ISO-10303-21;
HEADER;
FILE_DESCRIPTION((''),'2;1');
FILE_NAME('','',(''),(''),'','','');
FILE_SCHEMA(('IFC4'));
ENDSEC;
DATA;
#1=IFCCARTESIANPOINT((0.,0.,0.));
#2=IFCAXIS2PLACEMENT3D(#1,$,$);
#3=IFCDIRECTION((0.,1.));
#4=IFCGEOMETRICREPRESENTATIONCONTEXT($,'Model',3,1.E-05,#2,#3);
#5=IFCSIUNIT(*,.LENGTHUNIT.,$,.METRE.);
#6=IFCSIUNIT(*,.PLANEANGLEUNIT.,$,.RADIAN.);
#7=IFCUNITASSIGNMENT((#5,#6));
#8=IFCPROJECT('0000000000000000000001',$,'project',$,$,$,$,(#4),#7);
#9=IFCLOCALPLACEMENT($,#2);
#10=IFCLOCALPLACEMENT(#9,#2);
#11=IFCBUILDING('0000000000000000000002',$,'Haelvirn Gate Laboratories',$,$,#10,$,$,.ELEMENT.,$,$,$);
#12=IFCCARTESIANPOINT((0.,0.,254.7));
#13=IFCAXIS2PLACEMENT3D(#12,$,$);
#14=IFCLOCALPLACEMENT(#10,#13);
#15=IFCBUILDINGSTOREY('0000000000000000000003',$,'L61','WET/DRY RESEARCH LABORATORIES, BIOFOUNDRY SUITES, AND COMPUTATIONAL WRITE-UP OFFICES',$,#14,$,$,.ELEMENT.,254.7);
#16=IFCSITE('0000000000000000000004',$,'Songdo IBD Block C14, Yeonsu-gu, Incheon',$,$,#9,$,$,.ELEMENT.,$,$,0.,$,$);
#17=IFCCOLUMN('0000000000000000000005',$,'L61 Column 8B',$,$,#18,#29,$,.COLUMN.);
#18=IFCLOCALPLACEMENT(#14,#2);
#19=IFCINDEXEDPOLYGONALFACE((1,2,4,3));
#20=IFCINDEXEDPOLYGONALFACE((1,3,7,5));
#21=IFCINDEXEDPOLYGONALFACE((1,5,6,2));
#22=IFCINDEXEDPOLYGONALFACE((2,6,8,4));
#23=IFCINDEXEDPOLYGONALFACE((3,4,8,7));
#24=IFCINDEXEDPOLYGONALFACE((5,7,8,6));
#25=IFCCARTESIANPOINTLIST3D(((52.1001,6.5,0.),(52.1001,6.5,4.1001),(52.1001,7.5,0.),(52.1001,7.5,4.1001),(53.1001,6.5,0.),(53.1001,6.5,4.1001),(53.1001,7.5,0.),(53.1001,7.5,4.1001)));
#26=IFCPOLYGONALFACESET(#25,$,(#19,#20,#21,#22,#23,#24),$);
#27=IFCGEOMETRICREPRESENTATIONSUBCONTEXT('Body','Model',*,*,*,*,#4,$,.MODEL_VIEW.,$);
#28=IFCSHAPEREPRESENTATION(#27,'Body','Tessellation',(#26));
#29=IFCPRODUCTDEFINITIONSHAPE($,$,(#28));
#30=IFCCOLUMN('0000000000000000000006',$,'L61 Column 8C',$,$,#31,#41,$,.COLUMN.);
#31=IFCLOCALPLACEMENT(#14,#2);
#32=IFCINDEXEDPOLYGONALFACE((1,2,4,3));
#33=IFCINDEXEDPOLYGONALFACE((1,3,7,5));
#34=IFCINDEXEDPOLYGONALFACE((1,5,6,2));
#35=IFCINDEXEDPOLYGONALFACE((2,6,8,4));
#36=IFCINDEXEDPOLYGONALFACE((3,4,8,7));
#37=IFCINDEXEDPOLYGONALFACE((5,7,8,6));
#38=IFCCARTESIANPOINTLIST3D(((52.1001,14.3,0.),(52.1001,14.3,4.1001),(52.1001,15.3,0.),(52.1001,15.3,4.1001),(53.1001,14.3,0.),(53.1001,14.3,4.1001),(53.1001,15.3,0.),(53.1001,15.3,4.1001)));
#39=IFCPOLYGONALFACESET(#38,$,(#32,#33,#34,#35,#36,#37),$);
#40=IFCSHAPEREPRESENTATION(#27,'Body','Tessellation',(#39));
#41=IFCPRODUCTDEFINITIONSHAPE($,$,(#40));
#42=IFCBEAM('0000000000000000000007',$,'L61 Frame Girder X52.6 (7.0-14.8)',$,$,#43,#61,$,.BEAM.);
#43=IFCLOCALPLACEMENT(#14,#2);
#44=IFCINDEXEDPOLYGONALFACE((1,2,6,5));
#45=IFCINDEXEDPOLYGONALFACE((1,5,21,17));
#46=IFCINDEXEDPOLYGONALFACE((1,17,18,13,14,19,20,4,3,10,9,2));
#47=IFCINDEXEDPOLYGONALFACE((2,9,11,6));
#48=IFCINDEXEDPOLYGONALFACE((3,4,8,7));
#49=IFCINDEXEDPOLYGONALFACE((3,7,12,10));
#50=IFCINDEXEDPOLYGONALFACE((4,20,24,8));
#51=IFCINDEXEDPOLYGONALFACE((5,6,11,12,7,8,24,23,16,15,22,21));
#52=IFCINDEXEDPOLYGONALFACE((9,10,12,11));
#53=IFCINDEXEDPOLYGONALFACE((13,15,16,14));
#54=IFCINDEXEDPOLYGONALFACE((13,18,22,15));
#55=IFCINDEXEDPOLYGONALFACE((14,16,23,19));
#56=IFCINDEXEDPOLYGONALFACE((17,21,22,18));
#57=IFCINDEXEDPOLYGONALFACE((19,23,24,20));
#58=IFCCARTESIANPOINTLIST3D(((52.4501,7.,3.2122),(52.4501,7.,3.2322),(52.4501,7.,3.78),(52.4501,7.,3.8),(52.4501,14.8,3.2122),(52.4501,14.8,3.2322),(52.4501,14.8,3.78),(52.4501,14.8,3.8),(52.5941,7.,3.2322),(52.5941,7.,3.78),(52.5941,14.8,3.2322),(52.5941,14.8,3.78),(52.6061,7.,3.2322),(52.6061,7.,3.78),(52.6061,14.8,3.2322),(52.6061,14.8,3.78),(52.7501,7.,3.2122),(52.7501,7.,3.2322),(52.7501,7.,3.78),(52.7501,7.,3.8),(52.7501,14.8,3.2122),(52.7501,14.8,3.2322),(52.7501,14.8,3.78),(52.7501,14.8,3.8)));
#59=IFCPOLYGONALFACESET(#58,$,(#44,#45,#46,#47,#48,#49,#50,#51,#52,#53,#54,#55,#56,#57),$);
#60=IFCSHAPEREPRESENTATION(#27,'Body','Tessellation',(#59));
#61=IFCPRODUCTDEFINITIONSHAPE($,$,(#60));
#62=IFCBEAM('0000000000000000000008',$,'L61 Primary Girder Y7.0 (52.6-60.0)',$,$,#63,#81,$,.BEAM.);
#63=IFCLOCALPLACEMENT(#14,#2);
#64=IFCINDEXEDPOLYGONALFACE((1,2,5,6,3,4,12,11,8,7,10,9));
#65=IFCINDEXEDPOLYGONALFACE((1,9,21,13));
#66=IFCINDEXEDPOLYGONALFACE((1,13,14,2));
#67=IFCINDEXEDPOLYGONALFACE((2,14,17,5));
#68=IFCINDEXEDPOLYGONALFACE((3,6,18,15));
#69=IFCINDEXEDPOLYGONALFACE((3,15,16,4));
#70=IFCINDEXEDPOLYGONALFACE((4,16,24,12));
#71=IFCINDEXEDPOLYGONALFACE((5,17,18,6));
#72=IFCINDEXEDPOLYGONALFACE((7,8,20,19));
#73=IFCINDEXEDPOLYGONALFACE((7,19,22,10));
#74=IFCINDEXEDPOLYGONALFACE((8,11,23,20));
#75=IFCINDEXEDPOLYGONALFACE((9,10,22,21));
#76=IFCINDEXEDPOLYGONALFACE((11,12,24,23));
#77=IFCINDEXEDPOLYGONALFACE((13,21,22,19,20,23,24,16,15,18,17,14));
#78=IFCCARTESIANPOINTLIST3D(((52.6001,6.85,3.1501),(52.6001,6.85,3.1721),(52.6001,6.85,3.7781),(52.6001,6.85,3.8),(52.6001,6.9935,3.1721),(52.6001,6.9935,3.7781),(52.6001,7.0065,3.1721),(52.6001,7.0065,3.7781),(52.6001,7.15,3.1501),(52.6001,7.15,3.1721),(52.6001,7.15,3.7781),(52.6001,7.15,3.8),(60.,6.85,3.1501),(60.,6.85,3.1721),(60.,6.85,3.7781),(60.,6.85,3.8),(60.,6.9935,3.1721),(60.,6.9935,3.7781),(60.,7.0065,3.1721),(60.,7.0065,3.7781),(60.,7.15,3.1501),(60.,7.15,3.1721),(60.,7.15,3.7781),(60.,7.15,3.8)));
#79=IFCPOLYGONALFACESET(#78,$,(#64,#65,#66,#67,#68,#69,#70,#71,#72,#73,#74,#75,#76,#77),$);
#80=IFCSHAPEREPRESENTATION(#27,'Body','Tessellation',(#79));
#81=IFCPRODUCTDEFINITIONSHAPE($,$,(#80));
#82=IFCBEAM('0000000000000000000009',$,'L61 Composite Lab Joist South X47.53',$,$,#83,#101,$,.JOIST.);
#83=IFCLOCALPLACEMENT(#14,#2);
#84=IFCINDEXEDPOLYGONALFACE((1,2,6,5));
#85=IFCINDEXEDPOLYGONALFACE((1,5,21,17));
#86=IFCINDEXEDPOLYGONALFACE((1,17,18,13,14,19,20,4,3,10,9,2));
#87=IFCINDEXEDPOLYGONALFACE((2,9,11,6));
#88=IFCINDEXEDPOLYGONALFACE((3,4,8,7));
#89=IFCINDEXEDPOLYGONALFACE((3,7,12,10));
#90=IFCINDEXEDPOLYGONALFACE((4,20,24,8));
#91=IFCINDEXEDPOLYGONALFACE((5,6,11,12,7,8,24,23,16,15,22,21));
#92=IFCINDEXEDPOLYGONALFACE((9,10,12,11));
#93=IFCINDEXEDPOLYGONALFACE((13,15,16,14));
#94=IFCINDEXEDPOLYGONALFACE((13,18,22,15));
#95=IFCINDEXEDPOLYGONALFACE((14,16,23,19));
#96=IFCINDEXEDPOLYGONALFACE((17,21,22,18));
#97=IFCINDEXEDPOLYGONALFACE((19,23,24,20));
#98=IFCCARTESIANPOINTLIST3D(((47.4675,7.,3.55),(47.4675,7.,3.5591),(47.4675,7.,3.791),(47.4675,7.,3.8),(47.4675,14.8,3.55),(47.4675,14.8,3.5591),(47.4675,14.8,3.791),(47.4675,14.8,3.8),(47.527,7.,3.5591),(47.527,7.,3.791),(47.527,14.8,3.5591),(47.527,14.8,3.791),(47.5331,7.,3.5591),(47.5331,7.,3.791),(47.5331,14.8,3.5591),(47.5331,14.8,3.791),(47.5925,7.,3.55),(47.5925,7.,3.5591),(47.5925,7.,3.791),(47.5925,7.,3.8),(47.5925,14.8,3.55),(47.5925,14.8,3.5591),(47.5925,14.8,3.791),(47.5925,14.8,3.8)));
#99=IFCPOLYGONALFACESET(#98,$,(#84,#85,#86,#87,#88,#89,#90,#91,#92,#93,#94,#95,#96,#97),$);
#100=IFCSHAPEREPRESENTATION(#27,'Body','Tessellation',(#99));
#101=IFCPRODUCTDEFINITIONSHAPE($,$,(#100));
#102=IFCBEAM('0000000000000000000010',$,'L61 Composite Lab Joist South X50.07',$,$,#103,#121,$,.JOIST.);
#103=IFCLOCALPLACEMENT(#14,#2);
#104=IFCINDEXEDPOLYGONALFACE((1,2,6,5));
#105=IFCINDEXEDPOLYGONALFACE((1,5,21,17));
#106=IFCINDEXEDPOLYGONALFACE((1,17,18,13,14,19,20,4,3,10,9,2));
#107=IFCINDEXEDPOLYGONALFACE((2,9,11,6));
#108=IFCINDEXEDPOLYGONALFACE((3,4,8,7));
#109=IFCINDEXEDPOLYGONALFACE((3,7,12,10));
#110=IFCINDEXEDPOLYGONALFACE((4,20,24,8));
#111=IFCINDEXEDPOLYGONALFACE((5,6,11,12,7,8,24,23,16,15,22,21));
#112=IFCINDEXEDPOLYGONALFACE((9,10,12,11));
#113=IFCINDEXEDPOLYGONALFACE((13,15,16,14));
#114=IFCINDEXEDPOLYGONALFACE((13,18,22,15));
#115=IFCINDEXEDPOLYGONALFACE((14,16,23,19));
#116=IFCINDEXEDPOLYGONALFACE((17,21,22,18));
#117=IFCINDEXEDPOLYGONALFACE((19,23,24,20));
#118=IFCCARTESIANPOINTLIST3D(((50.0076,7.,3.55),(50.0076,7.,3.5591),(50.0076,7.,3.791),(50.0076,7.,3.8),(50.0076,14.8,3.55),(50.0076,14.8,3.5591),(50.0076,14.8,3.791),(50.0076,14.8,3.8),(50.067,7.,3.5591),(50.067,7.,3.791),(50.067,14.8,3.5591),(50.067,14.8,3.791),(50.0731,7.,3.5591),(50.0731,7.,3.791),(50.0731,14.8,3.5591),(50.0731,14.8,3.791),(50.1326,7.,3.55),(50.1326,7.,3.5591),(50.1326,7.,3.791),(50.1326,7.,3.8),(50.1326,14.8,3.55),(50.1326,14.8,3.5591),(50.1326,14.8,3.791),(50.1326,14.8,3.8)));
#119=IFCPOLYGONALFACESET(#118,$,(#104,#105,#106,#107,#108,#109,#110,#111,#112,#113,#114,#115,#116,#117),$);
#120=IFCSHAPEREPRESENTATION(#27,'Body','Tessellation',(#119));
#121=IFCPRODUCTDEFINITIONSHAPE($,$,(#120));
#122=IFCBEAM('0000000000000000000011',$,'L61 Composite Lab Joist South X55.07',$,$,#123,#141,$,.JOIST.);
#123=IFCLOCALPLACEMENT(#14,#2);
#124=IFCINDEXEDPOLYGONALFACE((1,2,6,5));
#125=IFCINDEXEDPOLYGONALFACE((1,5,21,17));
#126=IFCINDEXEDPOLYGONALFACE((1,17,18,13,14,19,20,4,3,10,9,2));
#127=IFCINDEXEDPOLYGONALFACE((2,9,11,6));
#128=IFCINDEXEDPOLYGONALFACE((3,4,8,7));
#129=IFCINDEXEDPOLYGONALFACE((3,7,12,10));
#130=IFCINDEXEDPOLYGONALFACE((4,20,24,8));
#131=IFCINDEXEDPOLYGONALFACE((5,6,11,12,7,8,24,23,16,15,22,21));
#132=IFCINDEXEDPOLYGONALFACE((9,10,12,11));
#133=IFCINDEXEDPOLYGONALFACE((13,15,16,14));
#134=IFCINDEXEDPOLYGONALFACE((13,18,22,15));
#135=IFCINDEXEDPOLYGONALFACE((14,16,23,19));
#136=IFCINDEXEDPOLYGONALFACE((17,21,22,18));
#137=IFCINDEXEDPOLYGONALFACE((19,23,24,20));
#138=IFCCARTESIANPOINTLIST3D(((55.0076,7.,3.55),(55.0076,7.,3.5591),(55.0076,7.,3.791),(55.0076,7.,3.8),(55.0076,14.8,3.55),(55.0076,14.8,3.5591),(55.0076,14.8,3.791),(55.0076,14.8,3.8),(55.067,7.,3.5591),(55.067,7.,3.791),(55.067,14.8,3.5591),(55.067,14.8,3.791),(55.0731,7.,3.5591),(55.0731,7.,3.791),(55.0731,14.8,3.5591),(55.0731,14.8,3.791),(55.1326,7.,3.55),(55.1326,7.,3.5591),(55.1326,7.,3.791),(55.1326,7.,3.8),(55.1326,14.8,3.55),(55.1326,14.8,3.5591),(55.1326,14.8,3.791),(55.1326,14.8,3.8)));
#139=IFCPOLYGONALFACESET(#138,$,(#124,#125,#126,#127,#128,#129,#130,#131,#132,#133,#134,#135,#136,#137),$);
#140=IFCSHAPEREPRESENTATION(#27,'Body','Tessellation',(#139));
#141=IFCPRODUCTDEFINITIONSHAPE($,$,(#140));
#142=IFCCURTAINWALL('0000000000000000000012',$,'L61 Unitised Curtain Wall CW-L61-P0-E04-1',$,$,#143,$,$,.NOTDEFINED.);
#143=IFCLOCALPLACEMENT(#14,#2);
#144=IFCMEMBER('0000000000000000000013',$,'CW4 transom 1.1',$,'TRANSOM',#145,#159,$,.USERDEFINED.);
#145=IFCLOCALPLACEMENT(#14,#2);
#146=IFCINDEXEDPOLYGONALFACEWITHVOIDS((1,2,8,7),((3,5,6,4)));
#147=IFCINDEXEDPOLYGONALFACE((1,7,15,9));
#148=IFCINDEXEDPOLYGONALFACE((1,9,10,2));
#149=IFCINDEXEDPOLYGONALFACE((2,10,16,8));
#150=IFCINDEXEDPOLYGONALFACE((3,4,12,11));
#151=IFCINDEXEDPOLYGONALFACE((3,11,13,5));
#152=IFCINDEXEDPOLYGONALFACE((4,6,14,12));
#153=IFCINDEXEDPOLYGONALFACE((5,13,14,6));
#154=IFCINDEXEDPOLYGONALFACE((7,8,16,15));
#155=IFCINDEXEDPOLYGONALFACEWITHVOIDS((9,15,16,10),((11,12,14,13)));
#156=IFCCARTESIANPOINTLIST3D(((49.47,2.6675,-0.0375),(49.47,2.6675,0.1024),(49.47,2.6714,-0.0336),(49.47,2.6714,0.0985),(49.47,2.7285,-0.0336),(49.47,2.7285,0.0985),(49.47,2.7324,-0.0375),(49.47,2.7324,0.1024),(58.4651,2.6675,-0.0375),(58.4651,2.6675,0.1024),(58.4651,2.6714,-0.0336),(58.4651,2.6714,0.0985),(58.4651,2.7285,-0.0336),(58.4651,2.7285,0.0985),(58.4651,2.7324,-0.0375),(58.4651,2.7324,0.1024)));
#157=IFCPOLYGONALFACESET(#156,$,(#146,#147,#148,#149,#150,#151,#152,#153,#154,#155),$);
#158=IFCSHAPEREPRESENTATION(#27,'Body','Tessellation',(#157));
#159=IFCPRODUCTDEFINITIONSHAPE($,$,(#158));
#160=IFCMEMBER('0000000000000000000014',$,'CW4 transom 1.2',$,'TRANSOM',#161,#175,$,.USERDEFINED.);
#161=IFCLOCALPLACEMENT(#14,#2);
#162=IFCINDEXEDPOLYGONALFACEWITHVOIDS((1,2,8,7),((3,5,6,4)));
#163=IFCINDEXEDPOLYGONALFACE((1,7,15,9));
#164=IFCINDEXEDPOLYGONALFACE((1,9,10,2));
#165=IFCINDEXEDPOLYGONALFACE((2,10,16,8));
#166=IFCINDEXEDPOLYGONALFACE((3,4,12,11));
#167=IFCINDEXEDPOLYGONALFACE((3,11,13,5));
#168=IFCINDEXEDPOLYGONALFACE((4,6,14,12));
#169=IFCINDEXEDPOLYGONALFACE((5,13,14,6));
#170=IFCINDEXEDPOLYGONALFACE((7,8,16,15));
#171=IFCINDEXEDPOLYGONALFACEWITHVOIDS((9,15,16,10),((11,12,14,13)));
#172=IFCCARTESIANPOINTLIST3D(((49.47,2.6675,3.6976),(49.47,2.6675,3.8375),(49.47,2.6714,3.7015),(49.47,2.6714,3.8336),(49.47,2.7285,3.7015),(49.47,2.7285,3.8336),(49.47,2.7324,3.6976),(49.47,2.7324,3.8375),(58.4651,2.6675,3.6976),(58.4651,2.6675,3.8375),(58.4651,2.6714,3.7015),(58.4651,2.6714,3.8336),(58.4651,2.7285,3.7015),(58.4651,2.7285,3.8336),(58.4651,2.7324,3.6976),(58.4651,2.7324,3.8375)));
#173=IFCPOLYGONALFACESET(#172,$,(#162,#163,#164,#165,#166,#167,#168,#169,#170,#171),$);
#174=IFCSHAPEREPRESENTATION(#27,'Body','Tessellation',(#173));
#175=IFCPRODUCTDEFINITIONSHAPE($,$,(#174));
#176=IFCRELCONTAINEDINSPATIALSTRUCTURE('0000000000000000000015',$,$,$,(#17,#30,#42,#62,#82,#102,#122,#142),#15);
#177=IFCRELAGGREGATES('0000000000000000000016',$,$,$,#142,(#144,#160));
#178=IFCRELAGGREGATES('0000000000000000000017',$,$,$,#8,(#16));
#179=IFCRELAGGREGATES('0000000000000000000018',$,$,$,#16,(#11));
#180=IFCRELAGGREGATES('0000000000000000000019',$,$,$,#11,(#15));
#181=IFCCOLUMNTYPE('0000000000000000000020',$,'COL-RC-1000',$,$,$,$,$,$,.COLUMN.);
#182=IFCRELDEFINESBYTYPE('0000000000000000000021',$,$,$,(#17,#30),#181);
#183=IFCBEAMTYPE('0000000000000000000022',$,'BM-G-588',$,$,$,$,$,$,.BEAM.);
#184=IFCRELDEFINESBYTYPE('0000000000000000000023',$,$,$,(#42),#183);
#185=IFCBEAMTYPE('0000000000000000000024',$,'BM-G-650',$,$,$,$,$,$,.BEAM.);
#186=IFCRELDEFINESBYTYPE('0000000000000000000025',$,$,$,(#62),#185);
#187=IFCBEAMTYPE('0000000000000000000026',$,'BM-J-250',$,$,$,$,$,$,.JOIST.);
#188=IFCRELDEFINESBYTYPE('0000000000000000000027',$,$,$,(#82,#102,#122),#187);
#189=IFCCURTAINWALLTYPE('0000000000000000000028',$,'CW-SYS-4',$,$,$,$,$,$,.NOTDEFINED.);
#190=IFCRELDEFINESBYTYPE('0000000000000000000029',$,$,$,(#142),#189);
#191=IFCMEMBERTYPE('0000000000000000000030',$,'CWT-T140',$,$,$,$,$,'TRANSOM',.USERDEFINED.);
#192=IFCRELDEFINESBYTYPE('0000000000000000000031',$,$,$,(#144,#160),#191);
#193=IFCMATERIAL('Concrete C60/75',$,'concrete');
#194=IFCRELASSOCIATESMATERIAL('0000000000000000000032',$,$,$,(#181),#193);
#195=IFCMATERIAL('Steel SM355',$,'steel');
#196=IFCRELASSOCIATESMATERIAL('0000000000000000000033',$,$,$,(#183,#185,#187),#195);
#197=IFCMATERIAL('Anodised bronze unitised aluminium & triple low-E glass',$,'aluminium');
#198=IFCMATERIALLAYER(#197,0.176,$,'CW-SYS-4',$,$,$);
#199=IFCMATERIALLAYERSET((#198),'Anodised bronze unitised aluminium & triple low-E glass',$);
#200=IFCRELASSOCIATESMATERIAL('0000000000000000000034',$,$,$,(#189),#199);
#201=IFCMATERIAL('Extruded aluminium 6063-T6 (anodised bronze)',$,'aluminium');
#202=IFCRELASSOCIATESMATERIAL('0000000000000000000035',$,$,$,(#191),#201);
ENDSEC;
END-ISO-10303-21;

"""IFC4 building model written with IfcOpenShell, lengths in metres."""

from ifc_helpers import new_model, si_unit, direction, frame, origin, origin_2d, place, context, subcontext, project, spatial, rectangle, hollow_rectangle, i_section, extrude, source, transform, mapped, material, layer, layer_set, material_profile, profile_set, type_object, type_shapes, element, aggregate, save


model = new_model("IFC4")

# Units and contexts
model_context = context("Model", 3, precision=1e-05, world=origin(), true_north=direction((0.0, 1.0)))
body_context = subcontext(model_context, "Body", "Model", "MODEL_VIEW")
ifc_project = project(units=[si_unit("LENGTHUNIT", "METRE"), si_unit("PLANEANGLEUNIT", "RADIAN")], contexts=[model_context])

# Site, building, storey
site_placement = place(None, origin())
site = spatial("IfcSite", under=ifc_project, at=site_placement, Name="Songdo IBD Block C14, Yeonsu-gu, Incheon", CompositionType="ELEMENT", RefElevation=0.0)
building_placement = place(site_placement, origin())
building = spatial("IfcBuilding", under=site, at=building_placement, Name="Haelvirn Gate Laboratories", CompositionType="ELEMENT")
storey_placement = place(building_placement, frame((0.0, 0.0, 254.7)))
storey = spatial("IfcBuildingStorey", under=building, at=storey_placement, Name="L61", Description="WET/DRY RESEARCH LABORATORIES, BIOFOUNDRY SUITES, AND COMPUTATIONAL WRITE-UP OFFICES", CompositionType="ELEMENT", Elevation=254.7)

# Columns
ifc_material_1 = material(Name="Concrete C60/75", Category="concrete")
ifc_material_profile_1 = material_profile(ifc_material_1, rectangle(XDim=1.0, YDim=1.0, at=origin_2d()), Name="RC-1000x1000")
ifc_profile_set_1 = profile_set([ifc_material_profile_1], Name="Concrete C60/75")
column_type = type_object("IfcColumnType", Name="COL-RC-1000", PredefinedType="COLUMN", material=ifc_profile_set_1)
shared_shape_1 = source(origin(), body_context, "Body", "SweptSolid", [
    extrude(rectangle(XDim=1.0, YDim=1.0, at=origin_2d()), origin(), (0.0, 0.0, 1.0), 4.1001),
])
type_shapes(column_type, [shared_shape_1])
for number, where, z_axis, x_axis, name in (
    (1, (52.6001, 7.0, 0.0), (0.0, 0.0, 1.0), (1.0, 0.0, 0.0), "L61 Column 8B"),
    (2, (52.6001, 14.8, 0.0), (0.0, 0.0, 1.0), (1.0, 0.0, 0.0), "L61 Column 8C"),
):
    element("IfcColumn", number, at=place(storey_placement, frame(where, z_axis=z_axis, x_axis=x_axis)), inside=storey, type_object=column_type, Name=name, PredefinedType="COLUMN", context=body_context, shape_type="MappedRepresentation", body=[
        mapped(shared_shape_1, transform((0.0, 0.0, 0.0), scale=1.0)),
    ])

# Beams
ifc_material_2 = material(Name="Steel SM355", Category="steel")
ifc_material_profile_2 = material_profile(ifc_material_2, i_section(OverallWidth=0.3, OverallDepth=0.5879, WebThickness=0.012, FlangeThickness=0.02, at=origin_2d()), Name="H-588x300x12x20")
ifc_profile_set_2 = profile_set([ifc_material_profile_2], Name="Steel SM355")
beam_type_1 = type_object("IfcBeamType", Name="BM-G-588", PredefinedType="BEAM", material=ifc_profile_set_2)
shared_shape_2 = source(origin(), body_context, "Body", "SweptSolid", [
    extrude(i_section(OverallWidth=0.3, OverallDepth=0.5879, WebThickness=0.012, FlangeThickness=0.02, at=origin_2d()), origin(), (0.0, 0.0, 1.0), 7.8),
])
type_shapes(beam_type_1, [shared_shape_2])
beam_1_placement = place(storey_placement, frame((52.6001, 7.0, 3.5061), z_axis=(0.0, 1.0, 0.0), x_axis=(-1.0, 0.0, 0.0)))
element("IfcBeam", 3, at=beam_1_placement, inside=storey, type_object=beam_type_1, Name="L61 Frame Girder X52.6 (7.0-14.8)", PredefinedType="BEAM", context=body_context, shape_type="MappedRepresentation", body=[
    mapped(shared_shape_2, transform((0.0, 0.0, 0.0), scale=1.0)),
])
ifc_material_profile_3 = material_profile(ifc_material_2, i_section(OverallWidth=0.3, OverallDepth=0.6499, WebThickness=0.0129, FlangeThickness=0.022, at=origin_2d()), Name="H-650x300x13x22")
ifc_profile_set_3 = profile_set([ifc_material_profile_3], Name="Steel SM355")
beam_type_2 = type_object("IfcBeamType", Name="BM-G-650", PredefinedType="BEAM", material=ifc_profile_set_3)
shared_shape_3 = source(origin(), body_context, "Body", "SweptSolid", [
    extrude(i_section(OverallWidth=0.3, OverallDepth=0.6499, WebThickness=0.0129, FlangeThickness=0.022, at=origin_2d()), origin(), (0.0, 0.0, 1.0), 7.3999),
])
type_shapes(beam_type_2, [shared_shape_3])
beam_2_placement = place(storey_placement, frame((52.6001, 7.0, 3.4751), z_axis=(1.0, 0.0, 0.0), x_axis=(0.0, 1.0, 0.0)))
element("IfcBeam", 4, at=beam_2_placement, inside=storey, type_object=beam_type_2, Name="L61 Primary Girder Y7.0 (52.6-60.0)", PredefinedType="BEAM", context=body_context, shape_type="MappedRepresentation", body=[
    mapped(shared_shape_3, transform((0.0, 0.0, 0.0), scale=1.0)),
])
ifc_material_profile_4 = material_profile(ifc_material_2, i_section(OverallWidth=0.125, OverallDepth=0.25, WebThickness=0.0061, FlangeThickness=0.009, at=origin_2d()), Name="H-250x125x6x9")
ifc_profile_set_4 = profile_set([ifc_material_profile_4], Name="Steel SM355")
beam_type_3 = type_object("IfcBeamType", Name="BM-J-250", PredefinedType="JOIST", material=ifc_profile_set_4)
shared_shape_4 = source(origin(), body_context, "Body", "SweptSolid", [
    extrude(i_section(OverallWidth=0.125, OverallDepth=0.25, WebThickness=0.0061, FlangeThickness=0.009, at=origin_2d()), origin(), (0.0, 0.0, 1.0), 7.8),
])
type_shapes(beam_type_3, [shared_shape_4])
for number, where, z_axis, x_axis, name in (
    (5, (47.53, 7.0, 3.675), (0.0, 1.0, 0.0), (-1.0, 0.0, 0.0), "L61 Composite Lab Joist South X47.53"),
    (6, (50.0701, 7.0, 3.675), (0.0, 1.0, 0.0), (-1.0, 0.0, 0.0), "L61 Composite Lab Joist South X50.07"),
    (7, (55.0701, 7.0, 3.675), (0.0, 1.0, 0.0), (-1.0, 0.0, 0.0), "L61 Composite Lab Joist South X55.07"),
):
    element("IfcBeam", number, at=place(storey_placement, frame(where, z_axis=z_axis, x_axis=x_axis)), inside=storey, type_object=beam_type_3, Name=name, PredefinedType="JOIST", context=body_context, shape_type="MappedRepresentation", body=[
        mapped(shared_shape_4, transform((0.0, 0.0, 0.0), scale=1.0)),
    ])

# Curtain wall, members
ifc_material_3 = material(Name="Anodised bronze unitised aluminium & triple low-E glass", Category="aluminium")
ifc_layer_1 = layer(ifc_material_3, 0.176, Name="CW-SYS-4")
ifc_layer_set_1 = layer_set([ifc_layer_1], Name="Anodised bronze unitised aluminium & triple low-E glass")
curtain_wall_type = type_object("IfcCurtainWallType", Name="CW-SYS-4", PredefinedType="NOTDEFINED", material=ifc_layer_set_1)
curtain_wall_1_placement = place(storey_placement, origin())
curtain_wall_1 = element("IfcCurtainWall", 8, at=curtain_wall_1_placement, inside=storey, type_object=curtain_wall_type, Name="L61 Unitised Curtain Wall CW-L61-P0-E04-1", PredefinedType="NOTDEFINED")
ifc_material_4 = material(Name="Extruded aluminium 6063-T6 (anodised bronze)", Category="aluminium")
ifc_material_profile_5 = material_profile(ifc_material_4, hollow_rectangle(XDim=0.0649, YDim=0.1399, WallThickness=0.0039, at=origin_2d()), Name="CWT-140x65x4")
ifc_profile_set_5 = profile_set([ifc_material_profile_5], Name="Extruded aluminium 6063-T6 (anodised bronze)")
member_type_1 = type_object("IfcMemberType", Name="CWT-T140", ElementType="TRANSOM", PredefinedType="USERDEFINED", material=ifc_profile_set_5)
shared_shape_5 = source(origin(), body_context, "Body", "SweptSolid", [
    extrude(hollow_rectangle(XDim=0.0649, YDim=0.1399, WallThickness=0.0039, at=origin_2d()), origin(), (0.0, 0.0, 1.0), 8.9951),
])
type_shapes(member_type_1, [shared_shape_5])
member_1_placement = place(storey_placement, frame((49.47, 2.7, 0.0325), z_axis=(1.0, 0.0, 0.0), x_axis=(0.0, 1.0, 0.0)))
member_1 = element("IfcMember", 9, at=member_1_placement, type_object=member_type_1, Name="CW4 transom 1.1", ObjectType="TRANSOM", PredefinedType="USERDEFINED", context=body_context, shape_type="MappedRepresentation", body=[
    mapped(shared_shape_5, transform((0.0, 0.0, 0.0), scale=1.0)),
])
member_2_placement = place(storey_placement, frame((49.47, 2.7, 3.7676), z_axis=(1.0, 0.0, 0.0), x_axis=(0.0, 1.0, 0.0)))
member_2 = element("IfcMember", 10, at=member_2_placement, type_object=member_type_1, Name="CW4 transom 1.2", ObjectType="TRANSOM", PredefinedType="USERDEFINED", context=body_context, shape_type="MappedRepresentation", body=[
    mapped(shared_shape_5, transform((0.0, 0.0, 0.0), scale=1.0)),
])

aggregate(curtain_wall_1, [member_1, member_2])

save(model, "model.ifc")
